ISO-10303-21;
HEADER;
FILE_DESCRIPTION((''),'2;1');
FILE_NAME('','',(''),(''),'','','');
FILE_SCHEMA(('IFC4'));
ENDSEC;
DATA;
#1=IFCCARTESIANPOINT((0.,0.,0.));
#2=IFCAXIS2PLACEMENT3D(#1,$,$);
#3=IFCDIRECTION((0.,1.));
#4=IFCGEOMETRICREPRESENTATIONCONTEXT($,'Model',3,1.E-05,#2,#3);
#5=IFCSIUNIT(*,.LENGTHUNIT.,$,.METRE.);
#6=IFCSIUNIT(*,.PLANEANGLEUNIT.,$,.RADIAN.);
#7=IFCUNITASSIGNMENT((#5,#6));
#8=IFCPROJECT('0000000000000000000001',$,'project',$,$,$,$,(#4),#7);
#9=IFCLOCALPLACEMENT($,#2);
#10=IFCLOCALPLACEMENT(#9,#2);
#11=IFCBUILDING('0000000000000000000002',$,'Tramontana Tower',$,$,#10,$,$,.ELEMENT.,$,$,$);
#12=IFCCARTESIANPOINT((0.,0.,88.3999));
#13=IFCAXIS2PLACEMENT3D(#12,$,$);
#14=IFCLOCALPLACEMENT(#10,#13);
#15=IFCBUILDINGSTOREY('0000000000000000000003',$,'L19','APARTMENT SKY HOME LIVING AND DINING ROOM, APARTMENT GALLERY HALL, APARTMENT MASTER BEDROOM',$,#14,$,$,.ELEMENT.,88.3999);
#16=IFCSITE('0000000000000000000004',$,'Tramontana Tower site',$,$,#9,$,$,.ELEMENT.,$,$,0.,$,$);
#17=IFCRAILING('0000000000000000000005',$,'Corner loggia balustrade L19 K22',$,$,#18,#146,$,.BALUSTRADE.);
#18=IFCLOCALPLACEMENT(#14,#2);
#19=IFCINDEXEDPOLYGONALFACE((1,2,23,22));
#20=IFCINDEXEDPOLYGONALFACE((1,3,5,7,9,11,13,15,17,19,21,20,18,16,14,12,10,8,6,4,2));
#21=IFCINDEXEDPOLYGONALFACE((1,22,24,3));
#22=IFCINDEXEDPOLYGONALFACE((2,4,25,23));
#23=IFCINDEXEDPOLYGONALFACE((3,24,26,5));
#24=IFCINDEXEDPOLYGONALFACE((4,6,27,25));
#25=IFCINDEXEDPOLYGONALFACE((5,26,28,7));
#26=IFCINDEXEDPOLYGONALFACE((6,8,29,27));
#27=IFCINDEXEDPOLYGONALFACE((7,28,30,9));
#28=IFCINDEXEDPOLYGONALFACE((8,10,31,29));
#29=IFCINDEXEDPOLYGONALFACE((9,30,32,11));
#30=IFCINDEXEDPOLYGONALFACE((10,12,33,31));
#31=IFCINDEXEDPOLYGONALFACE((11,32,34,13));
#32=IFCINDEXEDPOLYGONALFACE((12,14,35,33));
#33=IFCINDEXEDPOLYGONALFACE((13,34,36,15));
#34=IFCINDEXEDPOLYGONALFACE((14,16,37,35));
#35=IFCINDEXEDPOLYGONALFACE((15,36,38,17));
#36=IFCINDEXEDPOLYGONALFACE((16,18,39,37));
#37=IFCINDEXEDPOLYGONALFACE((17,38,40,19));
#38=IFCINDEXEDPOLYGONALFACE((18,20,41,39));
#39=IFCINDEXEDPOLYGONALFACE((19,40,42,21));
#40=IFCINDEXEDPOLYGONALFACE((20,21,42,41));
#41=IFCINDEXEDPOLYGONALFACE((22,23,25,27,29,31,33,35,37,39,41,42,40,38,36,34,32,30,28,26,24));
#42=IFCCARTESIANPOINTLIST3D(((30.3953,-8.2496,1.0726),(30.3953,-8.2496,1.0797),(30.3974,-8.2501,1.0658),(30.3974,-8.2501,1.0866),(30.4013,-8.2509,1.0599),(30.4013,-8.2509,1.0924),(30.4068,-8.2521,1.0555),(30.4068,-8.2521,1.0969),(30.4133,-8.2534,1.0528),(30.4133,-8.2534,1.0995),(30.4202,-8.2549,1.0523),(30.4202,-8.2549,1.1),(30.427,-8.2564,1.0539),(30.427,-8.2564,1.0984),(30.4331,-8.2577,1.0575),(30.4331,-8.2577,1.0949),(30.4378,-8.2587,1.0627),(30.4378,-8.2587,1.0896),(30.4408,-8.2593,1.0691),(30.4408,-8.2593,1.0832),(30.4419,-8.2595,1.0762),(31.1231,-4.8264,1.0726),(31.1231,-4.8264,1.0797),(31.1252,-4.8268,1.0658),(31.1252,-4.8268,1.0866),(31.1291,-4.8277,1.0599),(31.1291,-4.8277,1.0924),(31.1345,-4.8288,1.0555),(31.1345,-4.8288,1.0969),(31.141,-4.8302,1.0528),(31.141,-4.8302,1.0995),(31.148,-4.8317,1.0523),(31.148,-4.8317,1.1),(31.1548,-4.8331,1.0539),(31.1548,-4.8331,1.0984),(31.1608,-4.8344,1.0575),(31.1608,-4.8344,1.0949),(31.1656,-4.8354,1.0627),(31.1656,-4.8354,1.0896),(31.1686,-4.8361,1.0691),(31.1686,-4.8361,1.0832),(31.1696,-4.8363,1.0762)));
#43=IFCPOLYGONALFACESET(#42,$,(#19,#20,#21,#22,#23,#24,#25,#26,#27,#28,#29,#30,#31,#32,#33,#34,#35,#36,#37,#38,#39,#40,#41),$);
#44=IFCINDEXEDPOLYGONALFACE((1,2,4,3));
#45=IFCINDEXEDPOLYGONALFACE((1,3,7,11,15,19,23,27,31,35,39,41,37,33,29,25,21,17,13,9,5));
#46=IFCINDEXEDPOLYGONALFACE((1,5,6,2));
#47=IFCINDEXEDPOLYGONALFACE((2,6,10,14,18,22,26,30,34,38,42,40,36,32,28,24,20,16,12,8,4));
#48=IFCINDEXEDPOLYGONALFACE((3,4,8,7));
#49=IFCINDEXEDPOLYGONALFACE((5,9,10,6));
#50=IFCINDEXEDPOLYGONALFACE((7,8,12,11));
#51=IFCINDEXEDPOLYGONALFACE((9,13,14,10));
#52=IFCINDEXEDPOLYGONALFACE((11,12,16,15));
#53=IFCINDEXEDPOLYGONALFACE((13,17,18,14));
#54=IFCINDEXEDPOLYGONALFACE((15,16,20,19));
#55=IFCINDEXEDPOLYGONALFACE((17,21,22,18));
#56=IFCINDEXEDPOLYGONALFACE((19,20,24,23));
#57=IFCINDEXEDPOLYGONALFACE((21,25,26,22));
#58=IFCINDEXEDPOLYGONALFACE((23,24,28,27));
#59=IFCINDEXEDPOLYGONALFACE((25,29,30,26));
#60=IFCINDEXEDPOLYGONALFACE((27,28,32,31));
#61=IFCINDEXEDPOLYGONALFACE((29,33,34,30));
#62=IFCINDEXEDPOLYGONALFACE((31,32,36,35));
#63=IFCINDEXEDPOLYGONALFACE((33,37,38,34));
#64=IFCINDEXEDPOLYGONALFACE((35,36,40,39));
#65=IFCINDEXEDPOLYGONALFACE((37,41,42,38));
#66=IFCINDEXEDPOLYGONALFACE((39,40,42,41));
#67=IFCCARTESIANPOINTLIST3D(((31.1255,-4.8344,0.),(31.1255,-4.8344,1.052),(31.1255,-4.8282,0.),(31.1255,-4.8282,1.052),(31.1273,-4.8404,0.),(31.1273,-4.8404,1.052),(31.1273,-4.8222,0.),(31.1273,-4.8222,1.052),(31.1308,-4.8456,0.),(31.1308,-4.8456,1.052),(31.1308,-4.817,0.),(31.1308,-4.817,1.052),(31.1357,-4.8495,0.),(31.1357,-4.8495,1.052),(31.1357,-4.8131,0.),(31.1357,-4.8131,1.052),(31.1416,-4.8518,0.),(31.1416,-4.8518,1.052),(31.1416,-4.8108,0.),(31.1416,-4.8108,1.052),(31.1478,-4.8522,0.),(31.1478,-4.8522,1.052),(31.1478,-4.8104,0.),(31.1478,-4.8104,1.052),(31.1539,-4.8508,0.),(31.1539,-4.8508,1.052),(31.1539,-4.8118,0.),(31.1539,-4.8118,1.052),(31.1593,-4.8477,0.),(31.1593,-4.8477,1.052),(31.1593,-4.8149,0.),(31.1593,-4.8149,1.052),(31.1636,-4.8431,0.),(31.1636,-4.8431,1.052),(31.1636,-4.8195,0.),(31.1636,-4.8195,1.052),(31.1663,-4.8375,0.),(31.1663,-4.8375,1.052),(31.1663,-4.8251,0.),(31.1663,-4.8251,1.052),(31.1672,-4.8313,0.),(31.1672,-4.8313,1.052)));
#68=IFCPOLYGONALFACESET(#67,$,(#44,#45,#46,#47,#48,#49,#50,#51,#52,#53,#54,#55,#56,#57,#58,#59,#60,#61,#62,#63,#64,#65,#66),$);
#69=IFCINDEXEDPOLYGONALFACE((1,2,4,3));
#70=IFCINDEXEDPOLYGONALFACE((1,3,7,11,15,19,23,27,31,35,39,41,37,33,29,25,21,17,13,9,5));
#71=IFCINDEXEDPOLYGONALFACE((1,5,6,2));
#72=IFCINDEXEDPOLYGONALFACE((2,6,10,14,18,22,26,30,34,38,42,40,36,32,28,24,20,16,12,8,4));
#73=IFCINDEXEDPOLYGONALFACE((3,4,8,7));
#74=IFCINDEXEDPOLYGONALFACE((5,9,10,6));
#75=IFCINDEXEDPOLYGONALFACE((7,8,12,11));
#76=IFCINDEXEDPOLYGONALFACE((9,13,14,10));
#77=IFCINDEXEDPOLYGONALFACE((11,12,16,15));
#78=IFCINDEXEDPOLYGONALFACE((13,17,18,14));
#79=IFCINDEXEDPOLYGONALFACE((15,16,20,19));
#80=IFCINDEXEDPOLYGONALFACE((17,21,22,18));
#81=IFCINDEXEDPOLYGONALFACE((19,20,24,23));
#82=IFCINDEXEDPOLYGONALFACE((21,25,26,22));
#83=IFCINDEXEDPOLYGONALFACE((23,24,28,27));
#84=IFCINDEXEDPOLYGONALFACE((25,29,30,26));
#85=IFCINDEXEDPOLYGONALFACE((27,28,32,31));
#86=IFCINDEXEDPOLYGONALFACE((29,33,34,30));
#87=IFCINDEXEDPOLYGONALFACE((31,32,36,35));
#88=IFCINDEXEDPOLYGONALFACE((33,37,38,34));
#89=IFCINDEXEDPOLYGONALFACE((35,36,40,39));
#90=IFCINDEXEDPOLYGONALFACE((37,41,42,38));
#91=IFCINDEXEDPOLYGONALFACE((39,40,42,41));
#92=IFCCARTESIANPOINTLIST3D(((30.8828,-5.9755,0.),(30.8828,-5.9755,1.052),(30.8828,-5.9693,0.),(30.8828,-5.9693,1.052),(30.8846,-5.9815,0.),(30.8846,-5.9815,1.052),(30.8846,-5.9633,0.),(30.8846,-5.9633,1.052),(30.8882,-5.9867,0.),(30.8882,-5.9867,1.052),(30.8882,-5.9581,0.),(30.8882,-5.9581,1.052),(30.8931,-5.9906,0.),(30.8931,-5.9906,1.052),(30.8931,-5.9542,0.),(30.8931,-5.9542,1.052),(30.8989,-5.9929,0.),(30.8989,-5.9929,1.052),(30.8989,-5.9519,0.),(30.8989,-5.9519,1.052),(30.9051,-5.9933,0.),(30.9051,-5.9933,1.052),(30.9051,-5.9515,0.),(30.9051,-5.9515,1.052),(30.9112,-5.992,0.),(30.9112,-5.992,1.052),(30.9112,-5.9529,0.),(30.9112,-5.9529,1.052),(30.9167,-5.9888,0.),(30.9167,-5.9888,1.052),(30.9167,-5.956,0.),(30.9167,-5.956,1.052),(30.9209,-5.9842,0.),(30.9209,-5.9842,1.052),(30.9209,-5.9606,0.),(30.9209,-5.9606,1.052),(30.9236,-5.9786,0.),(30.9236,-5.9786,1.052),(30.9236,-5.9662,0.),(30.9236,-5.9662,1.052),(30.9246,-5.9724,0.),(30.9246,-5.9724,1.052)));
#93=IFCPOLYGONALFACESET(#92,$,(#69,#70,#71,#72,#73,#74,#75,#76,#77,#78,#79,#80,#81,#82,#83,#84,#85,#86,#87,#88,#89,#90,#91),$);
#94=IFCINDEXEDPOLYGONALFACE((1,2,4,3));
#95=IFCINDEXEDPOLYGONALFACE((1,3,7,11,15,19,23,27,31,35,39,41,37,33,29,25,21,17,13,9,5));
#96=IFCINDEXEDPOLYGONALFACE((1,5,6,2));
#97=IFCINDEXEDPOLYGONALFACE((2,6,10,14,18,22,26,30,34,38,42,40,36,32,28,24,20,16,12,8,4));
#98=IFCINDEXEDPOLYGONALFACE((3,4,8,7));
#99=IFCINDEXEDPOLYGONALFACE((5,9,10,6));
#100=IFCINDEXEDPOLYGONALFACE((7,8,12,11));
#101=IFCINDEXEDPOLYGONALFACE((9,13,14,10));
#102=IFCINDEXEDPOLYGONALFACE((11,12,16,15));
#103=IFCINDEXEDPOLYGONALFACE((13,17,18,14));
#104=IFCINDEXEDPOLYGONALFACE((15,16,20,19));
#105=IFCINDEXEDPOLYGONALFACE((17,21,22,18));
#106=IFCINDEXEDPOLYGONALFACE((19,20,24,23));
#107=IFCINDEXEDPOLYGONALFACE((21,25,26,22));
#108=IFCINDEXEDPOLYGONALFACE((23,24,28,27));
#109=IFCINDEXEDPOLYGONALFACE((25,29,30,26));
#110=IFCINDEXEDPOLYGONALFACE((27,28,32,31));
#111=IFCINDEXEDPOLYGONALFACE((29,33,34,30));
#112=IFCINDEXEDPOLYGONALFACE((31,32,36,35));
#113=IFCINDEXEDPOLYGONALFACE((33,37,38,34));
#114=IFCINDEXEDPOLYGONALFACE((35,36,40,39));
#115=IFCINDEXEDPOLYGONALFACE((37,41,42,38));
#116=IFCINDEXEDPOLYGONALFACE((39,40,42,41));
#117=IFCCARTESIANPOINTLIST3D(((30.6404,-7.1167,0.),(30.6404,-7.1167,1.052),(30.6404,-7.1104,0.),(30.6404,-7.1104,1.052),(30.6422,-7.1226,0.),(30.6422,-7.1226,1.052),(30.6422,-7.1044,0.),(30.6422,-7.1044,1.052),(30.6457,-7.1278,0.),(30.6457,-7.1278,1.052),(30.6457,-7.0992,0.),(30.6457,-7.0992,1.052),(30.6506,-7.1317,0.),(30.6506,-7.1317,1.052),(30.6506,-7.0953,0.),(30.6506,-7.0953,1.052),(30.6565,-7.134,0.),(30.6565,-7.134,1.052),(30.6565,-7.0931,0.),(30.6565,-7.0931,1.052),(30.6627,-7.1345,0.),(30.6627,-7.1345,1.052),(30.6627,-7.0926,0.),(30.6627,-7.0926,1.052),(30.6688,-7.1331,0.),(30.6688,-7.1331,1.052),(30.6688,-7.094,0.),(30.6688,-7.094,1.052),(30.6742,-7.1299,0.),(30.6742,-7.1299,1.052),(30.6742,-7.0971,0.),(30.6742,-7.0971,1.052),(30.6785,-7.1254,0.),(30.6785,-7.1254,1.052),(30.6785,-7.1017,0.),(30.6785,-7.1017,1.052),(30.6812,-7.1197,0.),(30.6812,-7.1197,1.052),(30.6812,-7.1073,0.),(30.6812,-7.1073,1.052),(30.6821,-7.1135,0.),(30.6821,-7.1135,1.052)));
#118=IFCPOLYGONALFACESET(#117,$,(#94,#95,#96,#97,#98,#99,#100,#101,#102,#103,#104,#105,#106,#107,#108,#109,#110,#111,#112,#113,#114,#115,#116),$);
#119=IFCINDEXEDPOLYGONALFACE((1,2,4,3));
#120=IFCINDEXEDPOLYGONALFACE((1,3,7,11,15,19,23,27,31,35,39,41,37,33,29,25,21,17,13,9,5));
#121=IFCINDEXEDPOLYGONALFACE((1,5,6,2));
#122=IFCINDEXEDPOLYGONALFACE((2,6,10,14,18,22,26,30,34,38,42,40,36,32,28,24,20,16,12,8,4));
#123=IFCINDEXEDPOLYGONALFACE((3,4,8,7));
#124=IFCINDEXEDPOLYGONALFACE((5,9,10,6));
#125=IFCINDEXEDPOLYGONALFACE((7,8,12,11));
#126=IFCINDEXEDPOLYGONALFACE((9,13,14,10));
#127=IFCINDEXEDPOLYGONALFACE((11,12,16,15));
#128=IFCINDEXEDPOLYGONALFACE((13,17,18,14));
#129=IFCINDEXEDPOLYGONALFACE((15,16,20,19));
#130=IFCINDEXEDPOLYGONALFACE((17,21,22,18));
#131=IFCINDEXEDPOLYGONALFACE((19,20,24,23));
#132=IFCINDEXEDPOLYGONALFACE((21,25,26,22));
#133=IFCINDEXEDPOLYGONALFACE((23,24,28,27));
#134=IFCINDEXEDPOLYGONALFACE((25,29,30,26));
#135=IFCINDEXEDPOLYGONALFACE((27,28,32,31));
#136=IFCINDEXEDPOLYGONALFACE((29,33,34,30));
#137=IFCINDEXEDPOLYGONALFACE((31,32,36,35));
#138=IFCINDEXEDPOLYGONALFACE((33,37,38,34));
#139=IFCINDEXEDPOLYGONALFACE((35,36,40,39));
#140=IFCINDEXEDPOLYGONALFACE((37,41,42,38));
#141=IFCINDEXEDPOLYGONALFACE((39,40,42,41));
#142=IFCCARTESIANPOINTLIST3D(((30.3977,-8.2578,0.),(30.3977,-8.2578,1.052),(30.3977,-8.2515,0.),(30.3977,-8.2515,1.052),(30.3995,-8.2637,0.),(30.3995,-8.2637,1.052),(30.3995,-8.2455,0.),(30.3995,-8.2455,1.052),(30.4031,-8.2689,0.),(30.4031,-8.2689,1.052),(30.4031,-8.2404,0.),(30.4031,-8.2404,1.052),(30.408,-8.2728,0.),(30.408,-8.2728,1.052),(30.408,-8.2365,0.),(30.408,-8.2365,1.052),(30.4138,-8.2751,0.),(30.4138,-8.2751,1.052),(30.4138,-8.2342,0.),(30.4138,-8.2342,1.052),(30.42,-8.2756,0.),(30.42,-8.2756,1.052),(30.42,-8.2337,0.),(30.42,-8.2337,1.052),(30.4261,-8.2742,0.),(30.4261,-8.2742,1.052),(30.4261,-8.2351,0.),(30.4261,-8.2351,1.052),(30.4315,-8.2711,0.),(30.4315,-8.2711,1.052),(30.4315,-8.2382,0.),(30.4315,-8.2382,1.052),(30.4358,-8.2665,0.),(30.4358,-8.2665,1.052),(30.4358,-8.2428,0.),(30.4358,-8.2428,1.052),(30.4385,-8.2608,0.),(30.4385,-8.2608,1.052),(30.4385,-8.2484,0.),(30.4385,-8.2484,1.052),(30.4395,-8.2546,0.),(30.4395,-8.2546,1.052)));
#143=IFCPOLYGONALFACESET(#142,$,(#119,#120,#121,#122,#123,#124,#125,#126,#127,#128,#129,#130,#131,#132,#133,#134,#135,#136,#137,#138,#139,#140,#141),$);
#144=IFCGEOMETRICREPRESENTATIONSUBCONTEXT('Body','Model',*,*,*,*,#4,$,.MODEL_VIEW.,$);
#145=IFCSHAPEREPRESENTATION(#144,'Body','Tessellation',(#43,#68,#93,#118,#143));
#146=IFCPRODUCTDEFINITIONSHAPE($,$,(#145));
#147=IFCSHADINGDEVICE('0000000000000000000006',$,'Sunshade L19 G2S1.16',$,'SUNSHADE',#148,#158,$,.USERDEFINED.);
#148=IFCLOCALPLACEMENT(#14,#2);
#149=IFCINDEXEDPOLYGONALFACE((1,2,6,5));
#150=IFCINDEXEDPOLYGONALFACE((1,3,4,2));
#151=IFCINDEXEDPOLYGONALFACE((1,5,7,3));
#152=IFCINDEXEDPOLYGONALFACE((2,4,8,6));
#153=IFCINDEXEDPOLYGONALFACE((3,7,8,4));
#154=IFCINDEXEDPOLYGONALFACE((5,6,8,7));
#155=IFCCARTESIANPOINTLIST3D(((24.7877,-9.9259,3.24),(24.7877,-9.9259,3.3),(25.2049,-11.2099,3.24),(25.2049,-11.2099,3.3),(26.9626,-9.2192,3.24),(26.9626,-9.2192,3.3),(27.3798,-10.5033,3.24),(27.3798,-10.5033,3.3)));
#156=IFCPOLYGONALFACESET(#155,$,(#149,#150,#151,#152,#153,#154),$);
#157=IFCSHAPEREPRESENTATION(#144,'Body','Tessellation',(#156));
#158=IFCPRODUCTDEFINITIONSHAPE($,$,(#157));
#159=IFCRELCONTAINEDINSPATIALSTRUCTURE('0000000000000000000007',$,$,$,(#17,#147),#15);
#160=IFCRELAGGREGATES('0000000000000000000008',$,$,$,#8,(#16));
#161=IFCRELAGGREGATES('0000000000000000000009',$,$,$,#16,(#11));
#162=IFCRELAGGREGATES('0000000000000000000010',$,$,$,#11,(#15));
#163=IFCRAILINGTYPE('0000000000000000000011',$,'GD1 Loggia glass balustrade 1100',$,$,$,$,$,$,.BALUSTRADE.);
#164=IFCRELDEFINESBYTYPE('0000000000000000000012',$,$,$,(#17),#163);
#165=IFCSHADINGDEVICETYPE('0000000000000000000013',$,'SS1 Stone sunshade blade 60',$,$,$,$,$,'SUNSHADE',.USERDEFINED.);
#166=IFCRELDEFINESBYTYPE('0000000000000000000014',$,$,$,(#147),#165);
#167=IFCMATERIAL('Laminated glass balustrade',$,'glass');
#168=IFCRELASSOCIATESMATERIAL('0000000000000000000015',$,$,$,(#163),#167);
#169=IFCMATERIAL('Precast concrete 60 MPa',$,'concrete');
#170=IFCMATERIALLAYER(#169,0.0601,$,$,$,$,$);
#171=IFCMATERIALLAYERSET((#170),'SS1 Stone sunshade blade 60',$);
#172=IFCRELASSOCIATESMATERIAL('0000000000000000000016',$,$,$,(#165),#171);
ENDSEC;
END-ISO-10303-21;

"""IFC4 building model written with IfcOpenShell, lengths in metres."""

from ifc_helpers import new_model, si_unit, direction, frame, origin, origin_2d, place, context, subcontext, project, spatial, rectangle, circle, extrude, material, layer, layer_set, type_object, element, save


model = new_model("IFC4")

# Units and contexts
model_context = context("Model", 3, precision=1e-05, world=origin(), true_north=direction((0.0, 1.0)))
body_context = subcontext(model_context, "Body", "Model", "MODEL_VIEW")
ifc_project = project(units=[si_unit("LENGTHUNIT", "METRE"), si_unit("PLANEANGLEUNIT", "RADIAN")], contexts=[model_context])

# Site, building, storey
site_placement = place(None, origin())
site = spatial("IfcSite", under=ifc_project, at=site_placement, Name="Tramontana Tower site", CompositionType="ELEMENT", RefElevation=0.0)
building_placement = place(site_placement, origin())
building = spatial("IfcBuilding", under=site, at=building_placement, Name="Tramontana Tower", CompositionType="ELEMENT")
storey_placement = place(building_placement, frame((0.0, 0.0, 88.3999)))
storey = spatial("IfcBuildingStorey", under=building, at=storey_placement, Name="L19", Description="APARTMENT SKY HOME LIVING AND DINING ROOM, APARTMENT GALLERY HALL, APARTMENT MASTER BEDROOM", CompositionType="ELEMENT", Elevation=88.3999)

# Railing
ifc_material_1 = material(Name="Laminated glass balustrade", Category="glass")
railing_type = type_object("IfcRailingType", Name="GD1 Loggia glass balustrade 1100", PredefinedType="BALUSTRADE", material=ifc_material_1)
railing_1_placement = place(storey_placement, frame((31.1462, -4.8313, 0.0)))
element("IfcRailing", 1, at=railing_1_placement, inside=storey, type_object=railing_type, Name="Corner loggia balustrade L19 K22", PredefinedType="BALUSTRADE", context=body_context, shape_type="SweptSolid", body=[
    extrude(circle(Radius=0.0239, at=origin_2d()), frame((0.0, 0.0, 1.0762), z_axis=(-0.207947, -0.97814, 0.0), x_axis=(0.97814, -0.207947, 0.0)), (0.0, 0.0, 1.0), 3.4998),
    extrude(circle(Radius=0.021, at=origin_2d()), origin(), (0.0, 0.0, 1.0), 1.052),
    extrude(circle(Radius=0.021, at=origin_2d()), frame((-0.2427, -1.1411, 0.0)), (0.0, 0.0, 1.0), 1.052),
    extrude(circle(Radius=0.021, at=origin_2d()), frame((-0.4851, -2.2822, 0.0)), (0.0, 0.0, 1.0), 1.052),
    extrude(circle(Radius=0.021, at=origin_2d()), frame((-0.7278, -3.4233, 0.0)), (0.0, 0.0, 1.0), 1.052),
])

# Shading device
ifc_material_2 = material(Name="Precast concrete 60 MPa", Category="concrete")
ifc_layer_1 = layer(ifc_material_2, 0.0601)
ifc_layer_set_1 = layer_set([ifc_layer_1], Name="SS1 Stone sunshade blade 60")
shading_device_type = type_object("IfcShadingDeviceType", Name="SS1 Stone sunshade blade 60", ElementType="SUNSHADE", PredefinedType="USERDEFINED", material=ifc_layer_set_1)
shading_device_placement = place(storey_placement, frame((26.0837, -10.2146, 3.24), z_axis=(0.0, 0.0, 1.0), x_axis=(0.951057, 0.309017, 0.0)))
element("IfcShadingDevice", 2, at=shading_device_placement, inside=storey, type_object=shading_device_type, Name="Sunshade L19 G2S1.16", ObjectType="SUNSHADE", PredefinedType="USERDEFINED", context=body_context, shape_type="SweptSolid", body=[
    extrude(rectangle(XDim=2.2869, YDim=1.3501, at=origin_2d()), origin(), (0.0, 0.0, 1.0), 0.0601),
])

save(model, "model.ifc")
